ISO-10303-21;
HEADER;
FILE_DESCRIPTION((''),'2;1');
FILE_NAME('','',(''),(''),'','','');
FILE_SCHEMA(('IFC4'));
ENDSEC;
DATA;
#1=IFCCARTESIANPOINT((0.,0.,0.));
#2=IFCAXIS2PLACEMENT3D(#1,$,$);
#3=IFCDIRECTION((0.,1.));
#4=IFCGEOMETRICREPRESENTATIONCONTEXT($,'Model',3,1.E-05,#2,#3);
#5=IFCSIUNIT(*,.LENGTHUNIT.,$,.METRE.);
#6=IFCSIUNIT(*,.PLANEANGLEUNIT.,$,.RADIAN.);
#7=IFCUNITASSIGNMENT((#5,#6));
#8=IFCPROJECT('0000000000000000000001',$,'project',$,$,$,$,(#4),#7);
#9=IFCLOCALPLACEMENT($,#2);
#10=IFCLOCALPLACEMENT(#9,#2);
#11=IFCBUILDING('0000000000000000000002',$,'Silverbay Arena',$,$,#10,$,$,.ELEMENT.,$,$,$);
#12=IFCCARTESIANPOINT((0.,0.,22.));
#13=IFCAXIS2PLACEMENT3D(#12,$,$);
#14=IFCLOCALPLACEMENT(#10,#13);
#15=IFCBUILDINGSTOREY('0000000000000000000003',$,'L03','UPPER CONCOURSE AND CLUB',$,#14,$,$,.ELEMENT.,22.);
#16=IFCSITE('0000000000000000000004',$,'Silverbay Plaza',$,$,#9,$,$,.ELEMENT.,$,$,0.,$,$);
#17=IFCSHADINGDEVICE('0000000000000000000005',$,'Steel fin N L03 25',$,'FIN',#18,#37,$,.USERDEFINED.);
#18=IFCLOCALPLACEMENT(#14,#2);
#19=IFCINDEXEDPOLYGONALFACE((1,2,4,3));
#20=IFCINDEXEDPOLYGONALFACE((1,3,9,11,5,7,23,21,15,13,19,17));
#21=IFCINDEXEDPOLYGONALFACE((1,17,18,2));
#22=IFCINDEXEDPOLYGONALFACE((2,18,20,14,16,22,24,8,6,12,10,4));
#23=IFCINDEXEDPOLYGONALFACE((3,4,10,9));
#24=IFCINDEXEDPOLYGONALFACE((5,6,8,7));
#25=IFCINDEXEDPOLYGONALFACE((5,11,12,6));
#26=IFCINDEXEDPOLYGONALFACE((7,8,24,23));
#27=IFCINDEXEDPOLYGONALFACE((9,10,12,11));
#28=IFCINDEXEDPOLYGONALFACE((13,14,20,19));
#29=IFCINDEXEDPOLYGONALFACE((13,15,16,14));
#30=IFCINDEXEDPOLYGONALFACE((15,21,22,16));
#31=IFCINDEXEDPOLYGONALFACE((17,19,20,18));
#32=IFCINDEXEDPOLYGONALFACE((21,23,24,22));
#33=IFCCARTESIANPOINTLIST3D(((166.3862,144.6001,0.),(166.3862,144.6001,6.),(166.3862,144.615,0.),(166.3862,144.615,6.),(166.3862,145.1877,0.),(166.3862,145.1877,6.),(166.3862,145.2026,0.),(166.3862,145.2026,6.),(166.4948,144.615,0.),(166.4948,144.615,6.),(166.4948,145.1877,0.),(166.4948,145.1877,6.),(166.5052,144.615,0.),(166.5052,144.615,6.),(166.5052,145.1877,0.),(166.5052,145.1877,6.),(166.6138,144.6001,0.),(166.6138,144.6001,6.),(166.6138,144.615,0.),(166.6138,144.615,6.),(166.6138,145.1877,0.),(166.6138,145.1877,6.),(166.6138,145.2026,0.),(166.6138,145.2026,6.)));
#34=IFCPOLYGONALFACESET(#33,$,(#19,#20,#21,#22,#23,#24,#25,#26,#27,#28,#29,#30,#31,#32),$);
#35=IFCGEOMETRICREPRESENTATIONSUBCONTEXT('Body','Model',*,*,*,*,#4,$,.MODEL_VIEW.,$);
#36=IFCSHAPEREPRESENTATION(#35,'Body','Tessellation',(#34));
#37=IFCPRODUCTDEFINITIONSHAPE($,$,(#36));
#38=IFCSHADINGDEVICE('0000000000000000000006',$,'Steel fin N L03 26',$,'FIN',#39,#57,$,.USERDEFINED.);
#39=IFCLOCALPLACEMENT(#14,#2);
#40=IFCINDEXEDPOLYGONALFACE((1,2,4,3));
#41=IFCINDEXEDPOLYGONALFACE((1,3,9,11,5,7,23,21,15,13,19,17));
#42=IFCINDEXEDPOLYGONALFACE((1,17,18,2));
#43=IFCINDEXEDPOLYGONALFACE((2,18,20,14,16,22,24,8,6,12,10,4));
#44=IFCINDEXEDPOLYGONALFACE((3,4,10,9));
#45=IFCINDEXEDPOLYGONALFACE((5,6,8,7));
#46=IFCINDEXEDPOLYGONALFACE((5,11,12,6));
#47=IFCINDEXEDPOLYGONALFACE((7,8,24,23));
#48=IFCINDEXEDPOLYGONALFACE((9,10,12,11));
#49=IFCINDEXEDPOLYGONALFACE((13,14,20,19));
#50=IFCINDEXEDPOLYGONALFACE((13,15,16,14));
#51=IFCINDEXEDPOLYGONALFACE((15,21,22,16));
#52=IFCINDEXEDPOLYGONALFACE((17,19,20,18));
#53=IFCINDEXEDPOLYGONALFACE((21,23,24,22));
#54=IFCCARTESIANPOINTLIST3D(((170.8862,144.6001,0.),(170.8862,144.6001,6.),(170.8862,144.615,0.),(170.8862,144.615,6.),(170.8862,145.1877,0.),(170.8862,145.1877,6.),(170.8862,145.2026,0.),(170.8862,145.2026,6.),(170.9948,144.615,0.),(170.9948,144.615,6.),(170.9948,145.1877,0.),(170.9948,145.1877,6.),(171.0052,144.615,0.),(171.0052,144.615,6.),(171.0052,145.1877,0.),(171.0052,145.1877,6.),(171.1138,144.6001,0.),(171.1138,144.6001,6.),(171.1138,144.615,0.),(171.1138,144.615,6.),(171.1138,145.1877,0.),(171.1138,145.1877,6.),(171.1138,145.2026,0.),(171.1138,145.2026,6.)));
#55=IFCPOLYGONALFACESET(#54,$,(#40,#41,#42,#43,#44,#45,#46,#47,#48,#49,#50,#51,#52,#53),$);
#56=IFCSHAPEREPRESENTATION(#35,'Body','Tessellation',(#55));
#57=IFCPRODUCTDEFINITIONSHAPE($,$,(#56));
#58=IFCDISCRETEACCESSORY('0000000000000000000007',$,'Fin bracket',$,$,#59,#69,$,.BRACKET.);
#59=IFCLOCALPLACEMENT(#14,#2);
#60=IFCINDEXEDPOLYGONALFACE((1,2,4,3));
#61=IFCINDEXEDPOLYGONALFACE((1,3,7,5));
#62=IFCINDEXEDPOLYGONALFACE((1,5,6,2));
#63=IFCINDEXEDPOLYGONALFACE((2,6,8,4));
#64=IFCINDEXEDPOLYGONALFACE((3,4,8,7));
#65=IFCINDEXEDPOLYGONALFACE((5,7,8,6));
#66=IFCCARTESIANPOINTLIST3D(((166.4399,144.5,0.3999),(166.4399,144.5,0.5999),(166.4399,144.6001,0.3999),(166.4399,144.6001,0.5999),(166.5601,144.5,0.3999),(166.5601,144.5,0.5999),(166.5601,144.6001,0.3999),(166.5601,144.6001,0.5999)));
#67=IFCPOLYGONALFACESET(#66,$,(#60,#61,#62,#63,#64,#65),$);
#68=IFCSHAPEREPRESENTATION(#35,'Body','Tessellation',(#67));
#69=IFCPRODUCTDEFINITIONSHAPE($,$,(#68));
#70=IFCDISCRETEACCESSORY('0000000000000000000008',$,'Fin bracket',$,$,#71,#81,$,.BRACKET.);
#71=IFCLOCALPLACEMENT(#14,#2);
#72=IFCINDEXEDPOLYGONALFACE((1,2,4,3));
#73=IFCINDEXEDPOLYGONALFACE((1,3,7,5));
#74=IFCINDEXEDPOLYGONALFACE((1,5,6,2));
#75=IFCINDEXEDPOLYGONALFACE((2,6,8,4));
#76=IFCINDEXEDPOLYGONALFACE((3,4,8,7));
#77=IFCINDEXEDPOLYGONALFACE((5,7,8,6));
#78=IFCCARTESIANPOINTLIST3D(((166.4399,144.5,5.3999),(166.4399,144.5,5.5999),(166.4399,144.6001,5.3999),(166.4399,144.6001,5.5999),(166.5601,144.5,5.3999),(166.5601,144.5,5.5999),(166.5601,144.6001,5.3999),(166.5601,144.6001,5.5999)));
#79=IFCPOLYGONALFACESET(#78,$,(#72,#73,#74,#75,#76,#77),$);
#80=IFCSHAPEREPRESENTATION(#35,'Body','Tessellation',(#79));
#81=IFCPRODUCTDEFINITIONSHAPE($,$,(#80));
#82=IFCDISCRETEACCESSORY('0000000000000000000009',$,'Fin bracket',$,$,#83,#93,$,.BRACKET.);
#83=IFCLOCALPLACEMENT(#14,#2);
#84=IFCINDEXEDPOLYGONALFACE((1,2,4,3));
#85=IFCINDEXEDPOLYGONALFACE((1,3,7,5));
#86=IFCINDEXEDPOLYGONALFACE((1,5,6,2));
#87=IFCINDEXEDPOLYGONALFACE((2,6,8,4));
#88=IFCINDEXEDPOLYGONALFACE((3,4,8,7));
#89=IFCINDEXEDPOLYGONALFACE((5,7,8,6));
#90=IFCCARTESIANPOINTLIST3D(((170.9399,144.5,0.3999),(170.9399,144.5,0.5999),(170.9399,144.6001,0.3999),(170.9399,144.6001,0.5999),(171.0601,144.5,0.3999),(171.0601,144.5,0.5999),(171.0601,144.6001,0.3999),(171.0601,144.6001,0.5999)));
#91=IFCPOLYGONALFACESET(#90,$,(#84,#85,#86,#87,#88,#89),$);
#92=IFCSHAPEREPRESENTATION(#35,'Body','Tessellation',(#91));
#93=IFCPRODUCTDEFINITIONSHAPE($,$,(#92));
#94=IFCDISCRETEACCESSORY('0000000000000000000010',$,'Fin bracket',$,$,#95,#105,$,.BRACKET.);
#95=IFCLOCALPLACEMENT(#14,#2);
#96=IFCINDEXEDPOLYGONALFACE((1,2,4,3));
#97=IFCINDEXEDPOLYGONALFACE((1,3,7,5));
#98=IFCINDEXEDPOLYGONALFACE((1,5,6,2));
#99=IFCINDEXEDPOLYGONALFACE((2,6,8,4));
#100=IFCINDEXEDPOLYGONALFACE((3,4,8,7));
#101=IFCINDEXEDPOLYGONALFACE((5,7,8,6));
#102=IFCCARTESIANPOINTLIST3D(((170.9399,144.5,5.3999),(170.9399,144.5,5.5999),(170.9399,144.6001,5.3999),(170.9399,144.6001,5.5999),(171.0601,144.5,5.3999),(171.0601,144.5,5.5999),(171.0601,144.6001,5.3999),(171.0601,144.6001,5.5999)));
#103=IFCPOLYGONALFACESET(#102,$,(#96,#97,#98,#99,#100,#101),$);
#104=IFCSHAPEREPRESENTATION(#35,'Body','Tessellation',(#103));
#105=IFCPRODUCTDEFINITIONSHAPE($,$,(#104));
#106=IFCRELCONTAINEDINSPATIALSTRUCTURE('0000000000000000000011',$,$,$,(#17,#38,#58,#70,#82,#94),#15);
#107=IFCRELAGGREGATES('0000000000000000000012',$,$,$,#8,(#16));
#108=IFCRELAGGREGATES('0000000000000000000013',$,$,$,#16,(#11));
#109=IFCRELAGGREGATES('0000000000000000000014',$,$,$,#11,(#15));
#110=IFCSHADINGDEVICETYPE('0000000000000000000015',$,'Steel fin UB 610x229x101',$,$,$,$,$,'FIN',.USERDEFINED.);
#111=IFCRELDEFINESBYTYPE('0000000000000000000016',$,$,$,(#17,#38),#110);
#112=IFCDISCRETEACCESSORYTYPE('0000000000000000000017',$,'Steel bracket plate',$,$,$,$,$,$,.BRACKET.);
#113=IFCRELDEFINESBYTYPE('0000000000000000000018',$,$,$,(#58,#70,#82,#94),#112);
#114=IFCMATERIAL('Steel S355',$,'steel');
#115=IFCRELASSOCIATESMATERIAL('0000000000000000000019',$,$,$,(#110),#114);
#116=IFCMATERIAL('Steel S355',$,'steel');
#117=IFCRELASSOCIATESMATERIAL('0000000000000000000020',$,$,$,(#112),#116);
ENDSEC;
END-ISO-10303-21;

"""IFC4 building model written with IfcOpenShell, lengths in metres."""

from ifc_helpers import new_model, si_unit, direction, frame, origin, origin_2d, place, context, subcontext, project, spatial, rectangle, i_section, extrude, material, material_profile, profile_set, type_object, element, save


model = new_model("IFC4")

# Units and contexts
model_context = context("Model", 3, precision=1e-05, world=origin(), true_north=direction((0.0, 1.0)))
body_context = subcontext(model_context, "Body", "Model", "MODEL_VIEW")
ifc_project = project(units=[si_unit("LENGTHUNIT", "METRE"), si_unit("PLANEANGLEUNIT", "RADIAN")], contexts=[model_context])

# Site, building, storey
site_placement = place(None, origin())
site = spatial("IfcSite", under=ifc_project, at=site_placement, Name="Silverbay Plaza", CompositionType="ELEMENT", RefElevation=0.0)
building_placement = place(site_placement, origin())
building = spatial("IfcBuilding", under=site, at=building_placement, Name="Silverbay Arena", CompositionType="ELEMENT")
storey_placement = place(building_placement, frame((0.0, 0.0, 22.0)))
storey = spatial("IfcBuildingStorey", under=building, at=storey_placement, Name="L03", Description="UPPER CONCOURSE AND CLUB", CompositionType="ELEMENT", Elevation=22.0)

# Shading devices
ifc_material_1 = material(Name="Steel S355", Category="steel")
ifc_material_profile_1 = material_profile(ifc_material_1, i_section(OverallWidth=0.2275, OverallDepth=0.6025, WebThickness=0.0105, FlangeThickness=0.0149, at=origin_2d()), Name="UB 610x229x101")
ifc_profile_set_1 = profile_set([ifc_material_profile_1], Name="Steel S355")
shading_device_type = type_object("IfcShadingDeviceType", Name="Steel fin UB 610x229x101", ElementType="FIN", PredefinedType="USERDEFINED", material=ifc_profile_set_1)
for number, where, z_axis, x_axis, name in (
    (1, (166.5, 144.9014, 0.0), (0.0, 0.0, 1.0), (1.0, 0.0, 0.0), "Steel fin N L03 25"),
    (2, (171.0, 144.9014, 0.0), (0.0, 0.0, 1.0), (1.0, 0.0, 0.0), "Steel fin N L03 26"),
):
    element("IfcShadingDevice", number, at=place(storey_placement, frame(where, z_axis=z_axis, x_axis=x_axis)), inside=storey, type_object=shading_device_type, Name=name, ObjectType="FIN", PredefinedType="USERDEFINED", context=body_context, shape_type="SweptSolid", body=[
        extrude(i_section(OverallWidth=0.2275, OverallDepth=0.6025, WebThickness=0.0105, FlangeThickness=0.0149, at=origin_2d()), origin(), (0.0, 0.0, 1.0), 6.0),
    ])

# Discrete accessories
ifc_material_2 = material(Name="Steel S355", Category="steel")
discrete_accessory_type = type_object("IfcDiscreteAccessoryType", Name="Steel bracket plate", PredefinedType="BRACKET", material=ifc_material_2)
for number, where, z_axis, x_axis, name in (
    (3, (166.5, 144.55, 0.3999), (0.0, 0.0, 1.0), (1.0, 0.0, 0.0), "Fin bracket"),
    (4, (166.5, 144.55, 5.3999), (0.0, 0.0, 1.0), (1.0, 0.0, 0.0), "Fin bracket"),
    (5, (171.0, 144.55, 0.3999), (0.0, 0.0, 1.0), (1.0, 0.0, 0.0), "Fin bracket"),
    (6, (171.0, 144.55, 5.3999), (0.0, 0.0, 1.0), (1.0, 0.0, 0.0), "Fin bracket"),
):
    element("IfcDiscreteAccessory", number, at=place(storey_placement, frame(where, z_axis=z_axis, x_axis=x_axis)), inside=storey, type_object=discrete_accessory_type, Name=name, PredefinedType="BRACKET", context=body_context, shape_type="SweptSolid", body=[
        extrude(rectangle(XDim=0.1201, YDim=0.1001, at=origin_2d()), origin(), (0.0, 0.0, 1.0), 0.2),
    ])

save(model, "model.ifc")
